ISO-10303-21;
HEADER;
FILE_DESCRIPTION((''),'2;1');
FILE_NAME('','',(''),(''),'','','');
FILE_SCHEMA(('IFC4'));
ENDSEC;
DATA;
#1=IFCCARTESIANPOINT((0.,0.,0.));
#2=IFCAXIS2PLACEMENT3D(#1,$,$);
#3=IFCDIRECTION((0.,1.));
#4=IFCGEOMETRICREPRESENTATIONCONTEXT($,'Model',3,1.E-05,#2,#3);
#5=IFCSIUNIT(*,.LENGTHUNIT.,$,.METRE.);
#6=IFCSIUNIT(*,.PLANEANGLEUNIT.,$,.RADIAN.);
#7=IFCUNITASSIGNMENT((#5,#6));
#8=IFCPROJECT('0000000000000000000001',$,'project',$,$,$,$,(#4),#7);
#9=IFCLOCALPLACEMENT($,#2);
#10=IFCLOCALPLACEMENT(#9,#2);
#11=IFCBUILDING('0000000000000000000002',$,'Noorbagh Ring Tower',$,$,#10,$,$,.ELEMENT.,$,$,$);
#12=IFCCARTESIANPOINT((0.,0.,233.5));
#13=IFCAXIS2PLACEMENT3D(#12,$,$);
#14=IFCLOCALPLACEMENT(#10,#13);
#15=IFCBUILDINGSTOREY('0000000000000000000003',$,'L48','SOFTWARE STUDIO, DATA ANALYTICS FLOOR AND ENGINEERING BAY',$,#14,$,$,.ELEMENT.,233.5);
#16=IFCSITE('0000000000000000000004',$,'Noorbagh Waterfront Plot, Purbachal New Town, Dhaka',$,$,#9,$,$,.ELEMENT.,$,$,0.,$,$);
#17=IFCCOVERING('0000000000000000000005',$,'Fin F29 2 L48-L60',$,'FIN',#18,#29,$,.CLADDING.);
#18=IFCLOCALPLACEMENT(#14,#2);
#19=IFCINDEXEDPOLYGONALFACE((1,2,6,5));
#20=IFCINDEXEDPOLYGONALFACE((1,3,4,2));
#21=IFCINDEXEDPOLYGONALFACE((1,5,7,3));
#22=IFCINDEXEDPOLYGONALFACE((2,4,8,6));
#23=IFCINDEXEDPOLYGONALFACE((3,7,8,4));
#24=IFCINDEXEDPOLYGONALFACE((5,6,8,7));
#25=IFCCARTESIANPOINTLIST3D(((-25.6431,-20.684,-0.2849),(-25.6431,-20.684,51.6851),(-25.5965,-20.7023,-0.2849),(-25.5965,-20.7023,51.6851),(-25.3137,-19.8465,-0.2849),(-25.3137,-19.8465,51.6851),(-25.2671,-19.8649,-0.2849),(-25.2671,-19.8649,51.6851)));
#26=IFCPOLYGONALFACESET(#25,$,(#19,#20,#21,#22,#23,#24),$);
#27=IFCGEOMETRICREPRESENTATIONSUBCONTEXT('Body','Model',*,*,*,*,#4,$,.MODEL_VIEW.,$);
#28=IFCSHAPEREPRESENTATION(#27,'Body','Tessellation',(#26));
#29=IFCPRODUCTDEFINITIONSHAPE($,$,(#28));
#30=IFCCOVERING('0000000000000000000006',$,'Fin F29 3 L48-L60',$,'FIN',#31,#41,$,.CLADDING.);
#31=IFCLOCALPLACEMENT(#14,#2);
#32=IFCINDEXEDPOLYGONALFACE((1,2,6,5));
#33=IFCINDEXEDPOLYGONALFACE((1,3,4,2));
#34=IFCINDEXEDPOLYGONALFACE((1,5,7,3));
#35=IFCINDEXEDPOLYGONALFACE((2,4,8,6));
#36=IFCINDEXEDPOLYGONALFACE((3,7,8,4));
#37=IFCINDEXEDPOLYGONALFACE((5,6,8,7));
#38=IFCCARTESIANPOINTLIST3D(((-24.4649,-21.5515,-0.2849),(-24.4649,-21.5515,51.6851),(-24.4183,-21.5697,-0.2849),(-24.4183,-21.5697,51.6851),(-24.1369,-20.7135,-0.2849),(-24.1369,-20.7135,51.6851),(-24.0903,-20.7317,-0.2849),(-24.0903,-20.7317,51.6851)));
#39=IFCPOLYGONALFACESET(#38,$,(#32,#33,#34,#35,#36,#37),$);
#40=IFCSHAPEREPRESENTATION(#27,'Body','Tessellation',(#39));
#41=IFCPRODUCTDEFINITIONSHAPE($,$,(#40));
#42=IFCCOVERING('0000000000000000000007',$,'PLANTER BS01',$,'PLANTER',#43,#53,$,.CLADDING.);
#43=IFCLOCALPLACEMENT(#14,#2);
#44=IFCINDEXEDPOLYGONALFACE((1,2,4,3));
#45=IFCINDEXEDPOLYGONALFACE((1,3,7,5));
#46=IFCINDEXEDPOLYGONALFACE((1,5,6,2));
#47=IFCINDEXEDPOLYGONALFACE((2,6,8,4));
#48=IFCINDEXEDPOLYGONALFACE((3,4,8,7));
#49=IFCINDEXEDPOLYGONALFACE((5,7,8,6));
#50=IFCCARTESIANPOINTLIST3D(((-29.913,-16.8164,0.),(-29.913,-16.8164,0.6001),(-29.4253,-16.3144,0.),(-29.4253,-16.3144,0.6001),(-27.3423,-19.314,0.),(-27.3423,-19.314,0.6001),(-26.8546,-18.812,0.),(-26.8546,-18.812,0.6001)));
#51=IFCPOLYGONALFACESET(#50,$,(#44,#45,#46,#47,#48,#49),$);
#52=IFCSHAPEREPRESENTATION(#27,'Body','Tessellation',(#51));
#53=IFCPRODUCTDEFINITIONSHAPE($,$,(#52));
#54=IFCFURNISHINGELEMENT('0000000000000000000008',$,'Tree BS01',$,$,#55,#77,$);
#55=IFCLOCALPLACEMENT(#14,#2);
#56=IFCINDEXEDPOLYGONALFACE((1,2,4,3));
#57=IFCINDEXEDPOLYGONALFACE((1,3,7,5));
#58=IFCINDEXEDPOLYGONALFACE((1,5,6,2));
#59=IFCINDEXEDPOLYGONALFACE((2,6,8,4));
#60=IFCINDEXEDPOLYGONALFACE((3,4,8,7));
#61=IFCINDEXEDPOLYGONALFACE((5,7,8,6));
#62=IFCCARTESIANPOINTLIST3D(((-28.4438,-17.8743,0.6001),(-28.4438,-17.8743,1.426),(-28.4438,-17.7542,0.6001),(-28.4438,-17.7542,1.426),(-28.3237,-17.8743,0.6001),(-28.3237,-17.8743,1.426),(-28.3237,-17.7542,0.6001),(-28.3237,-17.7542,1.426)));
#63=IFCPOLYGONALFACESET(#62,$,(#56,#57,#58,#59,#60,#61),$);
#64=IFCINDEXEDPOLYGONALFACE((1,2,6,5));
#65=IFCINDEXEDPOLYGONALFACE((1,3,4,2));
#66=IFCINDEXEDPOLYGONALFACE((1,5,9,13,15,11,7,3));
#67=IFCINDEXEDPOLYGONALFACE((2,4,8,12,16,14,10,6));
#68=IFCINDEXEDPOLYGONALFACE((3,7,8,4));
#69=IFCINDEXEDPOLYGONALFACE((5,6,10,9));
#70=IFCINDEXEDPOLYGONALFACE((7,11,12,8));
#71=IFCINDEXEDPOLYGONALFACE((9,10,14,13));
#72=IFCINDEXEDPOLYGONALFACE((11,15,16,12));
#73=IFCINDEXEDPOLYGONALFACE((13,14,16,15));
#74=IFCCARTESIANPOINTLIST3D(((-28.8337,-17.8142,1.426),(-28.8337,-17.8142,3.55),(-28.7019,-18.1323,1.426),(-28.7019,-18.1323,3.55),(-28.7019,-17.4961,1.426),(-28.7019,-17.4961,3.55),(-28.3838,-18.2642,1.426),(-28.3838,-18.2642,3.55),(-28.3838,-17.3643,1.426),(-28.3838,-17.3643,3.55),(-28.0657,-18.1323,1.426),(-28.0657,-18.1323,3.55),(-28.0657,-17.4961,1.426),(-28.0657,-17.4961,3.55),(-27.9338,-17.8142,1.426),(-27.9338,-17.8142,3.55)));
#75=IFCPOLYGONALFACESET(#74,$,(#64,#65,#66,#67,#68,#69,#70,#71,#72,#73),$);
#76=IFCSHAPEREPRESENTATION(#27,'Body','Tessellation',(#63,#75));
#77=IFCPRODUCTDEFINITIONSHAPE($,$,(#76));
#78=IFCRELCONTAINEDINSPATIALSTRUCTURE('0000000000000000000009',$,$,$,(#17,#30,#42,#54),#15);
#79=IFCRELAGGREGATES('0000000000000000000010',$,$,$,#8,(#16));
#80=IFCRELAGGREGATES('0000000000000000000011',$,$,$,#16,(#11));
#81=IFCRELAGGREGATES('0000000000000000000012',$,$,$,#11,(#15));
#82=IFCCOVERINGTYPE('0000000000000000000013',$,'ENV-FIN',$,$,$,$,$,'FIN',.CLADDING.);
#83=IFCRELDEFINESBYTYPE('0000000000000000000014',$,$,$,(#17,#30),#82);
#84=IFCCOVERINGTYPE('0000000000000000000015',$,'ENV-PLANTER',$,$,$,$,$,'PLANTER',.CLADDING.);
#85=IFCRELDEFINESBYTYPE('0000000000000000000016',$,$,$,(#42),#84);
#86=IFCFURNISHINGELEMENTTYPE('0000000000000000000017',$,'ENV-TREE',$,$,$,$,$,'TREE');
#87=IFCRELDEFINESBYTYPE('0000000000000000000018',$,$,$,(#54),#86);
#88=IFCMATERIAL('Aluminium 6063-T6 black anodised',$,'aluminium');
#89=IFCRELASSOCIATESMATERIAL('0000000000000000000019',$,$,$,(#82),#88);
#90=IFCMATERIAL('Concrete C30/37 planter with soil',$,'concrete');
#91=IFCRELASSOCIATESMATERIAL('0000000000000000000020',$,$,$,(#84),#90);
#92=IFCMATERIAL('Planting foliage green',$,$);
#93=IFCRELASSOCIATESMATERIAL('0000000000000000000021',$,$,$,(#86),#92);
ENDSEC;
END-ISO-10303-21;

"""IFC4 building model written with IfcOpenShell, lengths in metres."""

from ifc_helpers import new_model, si_unit, direction, frame, origin, origin_2d, place, context, subcontext, project, spatial, polyline, rectangle, outline, extrude, material, material_profile, profile_set, type_object, element, save


model = new_model("IFC4")

# Units and contexts
model_context = context("Model", 3, precision=1e-05, world=origin(), true_north=direction((0.0, 1.0)))
body_context = subcontext(model_context, "Body", "Model", "MODEL_VIEW")
ifc_project = project(units=[si_unit("LENGTHUNIT", "METRE"), si_unit("PLANEANGLEUNIT", "RADIAN")], contexts=[model_context])

# Site, building, storey
site_placement = place(None, origin())
site = spatial("IfcSite", under=ifc_project, at=site_placement, Name="Noorbagh Waterfront Plot, Purbachal New Town, Dhaka", CompositionType="ELEMENT", RefElevation=0.0)
building_placement = place(site_placement, origin())
building = spatial("IfcBuilding", under=site, at=building_placement, Name="Noorbagh Ring Tower", CompositionType="ELEMENT")
storey_placement = place(building_placement, frame((0.0, 0.0, 233.5)))
storey = spatial("IfcBuildingStorey", under=building, at=storey_placement, Name="L48", Description="SOFTWARE STUDIO, DATA ANALYTICS FLOOR AND ENGINEERING BAY", CompositionType="ELEMENT", Elevation=233.5)

# Coverings
ifc_material_1 = material(Name="Aluminium 6063-T6 black anodised", Category="aluminium")
ifc_material_profile_1 = material_profile(ifc_material_1, rectangle(XDim=0.8999, YDim=0.05, at=origin_2d()), Name="900x50")
ifc_profile_set_1 = profile_set([ifc_material_profile_1], Name="Aluminium 6063-T6 black anodised")
covering_type_1 = type_object("IfcCoveringType", Name="ENV-FIN", ElementType="FIN", PredefinedType="CLADDING", material=ifc_profile_set_1)
for number, where, z_axis, x_axis, name in (
    (1, (-25.4551, -20.2744, -0.2849), (0.0, 0.0, 1.0), (-0.366047, -0.930596, 0.0), "Fin F29 2 L48-L60"),
    (2, (-24.2776, -21.1416, -0.2849), (0.0, 0.0, 1.0), (-0.364533, -0.93119, 0.0), "Fin F29 3 L48-L60"),
):
    element("IfcCovering", number, at=place(storey_placement, frame(where, z_axis=z_axis, x_axis=x_axis)), inside=storey, type_object=covering_type_1, Name=name, ObjectType="FIN", PredefinedType="CLADDING", context=body_context, shape_type="SweptSolid", body=[
        extrude(rectangle(XDim=0.8999, YDim=0.05, at=origin_2d()), origin(), (0.0, 0.0, 1.0), 51.97),
    ])

# Covering
ifc_material_2 = material(Name="Concrete C30/37 planter with soil", Category="concrete")
covering_type_2 = type_object("IfcCoveringType", Name="ENV-PLANTER", ElementType="PLANTER", PredefinedType="CLADDING", material=ifc_material_2)
covering_placement = place(storey_placement, frame((-28.3838, -17.8142, 0.0), z_axis=(0.0, 0.0, 1.0), x_axis=(0.717225, -0.696842, 0.0)))
element("IfcCovering", 3, at=covering_placement, inside=storey, type_object=covering_type_2, Name="PLANTER BS01", ObjectType="PLANTER", PredefinedType="CLADDING", context=body_context, shape_type="SweptSolid", body=[
    extrude(rectangle(XDim=3.5842, YDim=0.7, at=origin_2d()), origin(), (0.0, 0.0, 1.0), 0.6001),
])

# Furnishing element
ifc_material_3 = material(Name="Planting foliage green")
furnishing_element_type = type_object("IfcFurnishingElementType", Name="ENV-TREE", ElementType="TREE", material=ifc_material_3)
furnishing_placement = place(storey_placement, frame((-28.3838, -17.8142, 0.6001), z_axis=(0.0, 0.0, 1.0), x_axis=(1.0, 0.0, 0.0)))
element("IfcFurnishingElement", 4, at=furnishing_placement, inside=storey, type_object=furnishing_element_type, Name="Tree BS01", context=body_context, shape_type="SweptSolid", body=[
    extrude(rectangle(XDim=0.1201, YDim=0.1201, at=origin_2d()), origin(), (0.0, 0.0, 1.0), 0.8259),
    extrude(outline(polyline([(0.45, 0.0), (0.3181, 0.3181), (0.0, 0.45), (-0.3181, 0.3181), (-0.45, 0.0), (-0.3181, -0.3181), (0.0, -0.45), (0.3181, -0.3181), (0.45, 0.0)])), frame((0.0, 0.0, 0.8259)), (0.0, 0.0, 1.0), 2.124),
])

save(model, "model.ifc")
